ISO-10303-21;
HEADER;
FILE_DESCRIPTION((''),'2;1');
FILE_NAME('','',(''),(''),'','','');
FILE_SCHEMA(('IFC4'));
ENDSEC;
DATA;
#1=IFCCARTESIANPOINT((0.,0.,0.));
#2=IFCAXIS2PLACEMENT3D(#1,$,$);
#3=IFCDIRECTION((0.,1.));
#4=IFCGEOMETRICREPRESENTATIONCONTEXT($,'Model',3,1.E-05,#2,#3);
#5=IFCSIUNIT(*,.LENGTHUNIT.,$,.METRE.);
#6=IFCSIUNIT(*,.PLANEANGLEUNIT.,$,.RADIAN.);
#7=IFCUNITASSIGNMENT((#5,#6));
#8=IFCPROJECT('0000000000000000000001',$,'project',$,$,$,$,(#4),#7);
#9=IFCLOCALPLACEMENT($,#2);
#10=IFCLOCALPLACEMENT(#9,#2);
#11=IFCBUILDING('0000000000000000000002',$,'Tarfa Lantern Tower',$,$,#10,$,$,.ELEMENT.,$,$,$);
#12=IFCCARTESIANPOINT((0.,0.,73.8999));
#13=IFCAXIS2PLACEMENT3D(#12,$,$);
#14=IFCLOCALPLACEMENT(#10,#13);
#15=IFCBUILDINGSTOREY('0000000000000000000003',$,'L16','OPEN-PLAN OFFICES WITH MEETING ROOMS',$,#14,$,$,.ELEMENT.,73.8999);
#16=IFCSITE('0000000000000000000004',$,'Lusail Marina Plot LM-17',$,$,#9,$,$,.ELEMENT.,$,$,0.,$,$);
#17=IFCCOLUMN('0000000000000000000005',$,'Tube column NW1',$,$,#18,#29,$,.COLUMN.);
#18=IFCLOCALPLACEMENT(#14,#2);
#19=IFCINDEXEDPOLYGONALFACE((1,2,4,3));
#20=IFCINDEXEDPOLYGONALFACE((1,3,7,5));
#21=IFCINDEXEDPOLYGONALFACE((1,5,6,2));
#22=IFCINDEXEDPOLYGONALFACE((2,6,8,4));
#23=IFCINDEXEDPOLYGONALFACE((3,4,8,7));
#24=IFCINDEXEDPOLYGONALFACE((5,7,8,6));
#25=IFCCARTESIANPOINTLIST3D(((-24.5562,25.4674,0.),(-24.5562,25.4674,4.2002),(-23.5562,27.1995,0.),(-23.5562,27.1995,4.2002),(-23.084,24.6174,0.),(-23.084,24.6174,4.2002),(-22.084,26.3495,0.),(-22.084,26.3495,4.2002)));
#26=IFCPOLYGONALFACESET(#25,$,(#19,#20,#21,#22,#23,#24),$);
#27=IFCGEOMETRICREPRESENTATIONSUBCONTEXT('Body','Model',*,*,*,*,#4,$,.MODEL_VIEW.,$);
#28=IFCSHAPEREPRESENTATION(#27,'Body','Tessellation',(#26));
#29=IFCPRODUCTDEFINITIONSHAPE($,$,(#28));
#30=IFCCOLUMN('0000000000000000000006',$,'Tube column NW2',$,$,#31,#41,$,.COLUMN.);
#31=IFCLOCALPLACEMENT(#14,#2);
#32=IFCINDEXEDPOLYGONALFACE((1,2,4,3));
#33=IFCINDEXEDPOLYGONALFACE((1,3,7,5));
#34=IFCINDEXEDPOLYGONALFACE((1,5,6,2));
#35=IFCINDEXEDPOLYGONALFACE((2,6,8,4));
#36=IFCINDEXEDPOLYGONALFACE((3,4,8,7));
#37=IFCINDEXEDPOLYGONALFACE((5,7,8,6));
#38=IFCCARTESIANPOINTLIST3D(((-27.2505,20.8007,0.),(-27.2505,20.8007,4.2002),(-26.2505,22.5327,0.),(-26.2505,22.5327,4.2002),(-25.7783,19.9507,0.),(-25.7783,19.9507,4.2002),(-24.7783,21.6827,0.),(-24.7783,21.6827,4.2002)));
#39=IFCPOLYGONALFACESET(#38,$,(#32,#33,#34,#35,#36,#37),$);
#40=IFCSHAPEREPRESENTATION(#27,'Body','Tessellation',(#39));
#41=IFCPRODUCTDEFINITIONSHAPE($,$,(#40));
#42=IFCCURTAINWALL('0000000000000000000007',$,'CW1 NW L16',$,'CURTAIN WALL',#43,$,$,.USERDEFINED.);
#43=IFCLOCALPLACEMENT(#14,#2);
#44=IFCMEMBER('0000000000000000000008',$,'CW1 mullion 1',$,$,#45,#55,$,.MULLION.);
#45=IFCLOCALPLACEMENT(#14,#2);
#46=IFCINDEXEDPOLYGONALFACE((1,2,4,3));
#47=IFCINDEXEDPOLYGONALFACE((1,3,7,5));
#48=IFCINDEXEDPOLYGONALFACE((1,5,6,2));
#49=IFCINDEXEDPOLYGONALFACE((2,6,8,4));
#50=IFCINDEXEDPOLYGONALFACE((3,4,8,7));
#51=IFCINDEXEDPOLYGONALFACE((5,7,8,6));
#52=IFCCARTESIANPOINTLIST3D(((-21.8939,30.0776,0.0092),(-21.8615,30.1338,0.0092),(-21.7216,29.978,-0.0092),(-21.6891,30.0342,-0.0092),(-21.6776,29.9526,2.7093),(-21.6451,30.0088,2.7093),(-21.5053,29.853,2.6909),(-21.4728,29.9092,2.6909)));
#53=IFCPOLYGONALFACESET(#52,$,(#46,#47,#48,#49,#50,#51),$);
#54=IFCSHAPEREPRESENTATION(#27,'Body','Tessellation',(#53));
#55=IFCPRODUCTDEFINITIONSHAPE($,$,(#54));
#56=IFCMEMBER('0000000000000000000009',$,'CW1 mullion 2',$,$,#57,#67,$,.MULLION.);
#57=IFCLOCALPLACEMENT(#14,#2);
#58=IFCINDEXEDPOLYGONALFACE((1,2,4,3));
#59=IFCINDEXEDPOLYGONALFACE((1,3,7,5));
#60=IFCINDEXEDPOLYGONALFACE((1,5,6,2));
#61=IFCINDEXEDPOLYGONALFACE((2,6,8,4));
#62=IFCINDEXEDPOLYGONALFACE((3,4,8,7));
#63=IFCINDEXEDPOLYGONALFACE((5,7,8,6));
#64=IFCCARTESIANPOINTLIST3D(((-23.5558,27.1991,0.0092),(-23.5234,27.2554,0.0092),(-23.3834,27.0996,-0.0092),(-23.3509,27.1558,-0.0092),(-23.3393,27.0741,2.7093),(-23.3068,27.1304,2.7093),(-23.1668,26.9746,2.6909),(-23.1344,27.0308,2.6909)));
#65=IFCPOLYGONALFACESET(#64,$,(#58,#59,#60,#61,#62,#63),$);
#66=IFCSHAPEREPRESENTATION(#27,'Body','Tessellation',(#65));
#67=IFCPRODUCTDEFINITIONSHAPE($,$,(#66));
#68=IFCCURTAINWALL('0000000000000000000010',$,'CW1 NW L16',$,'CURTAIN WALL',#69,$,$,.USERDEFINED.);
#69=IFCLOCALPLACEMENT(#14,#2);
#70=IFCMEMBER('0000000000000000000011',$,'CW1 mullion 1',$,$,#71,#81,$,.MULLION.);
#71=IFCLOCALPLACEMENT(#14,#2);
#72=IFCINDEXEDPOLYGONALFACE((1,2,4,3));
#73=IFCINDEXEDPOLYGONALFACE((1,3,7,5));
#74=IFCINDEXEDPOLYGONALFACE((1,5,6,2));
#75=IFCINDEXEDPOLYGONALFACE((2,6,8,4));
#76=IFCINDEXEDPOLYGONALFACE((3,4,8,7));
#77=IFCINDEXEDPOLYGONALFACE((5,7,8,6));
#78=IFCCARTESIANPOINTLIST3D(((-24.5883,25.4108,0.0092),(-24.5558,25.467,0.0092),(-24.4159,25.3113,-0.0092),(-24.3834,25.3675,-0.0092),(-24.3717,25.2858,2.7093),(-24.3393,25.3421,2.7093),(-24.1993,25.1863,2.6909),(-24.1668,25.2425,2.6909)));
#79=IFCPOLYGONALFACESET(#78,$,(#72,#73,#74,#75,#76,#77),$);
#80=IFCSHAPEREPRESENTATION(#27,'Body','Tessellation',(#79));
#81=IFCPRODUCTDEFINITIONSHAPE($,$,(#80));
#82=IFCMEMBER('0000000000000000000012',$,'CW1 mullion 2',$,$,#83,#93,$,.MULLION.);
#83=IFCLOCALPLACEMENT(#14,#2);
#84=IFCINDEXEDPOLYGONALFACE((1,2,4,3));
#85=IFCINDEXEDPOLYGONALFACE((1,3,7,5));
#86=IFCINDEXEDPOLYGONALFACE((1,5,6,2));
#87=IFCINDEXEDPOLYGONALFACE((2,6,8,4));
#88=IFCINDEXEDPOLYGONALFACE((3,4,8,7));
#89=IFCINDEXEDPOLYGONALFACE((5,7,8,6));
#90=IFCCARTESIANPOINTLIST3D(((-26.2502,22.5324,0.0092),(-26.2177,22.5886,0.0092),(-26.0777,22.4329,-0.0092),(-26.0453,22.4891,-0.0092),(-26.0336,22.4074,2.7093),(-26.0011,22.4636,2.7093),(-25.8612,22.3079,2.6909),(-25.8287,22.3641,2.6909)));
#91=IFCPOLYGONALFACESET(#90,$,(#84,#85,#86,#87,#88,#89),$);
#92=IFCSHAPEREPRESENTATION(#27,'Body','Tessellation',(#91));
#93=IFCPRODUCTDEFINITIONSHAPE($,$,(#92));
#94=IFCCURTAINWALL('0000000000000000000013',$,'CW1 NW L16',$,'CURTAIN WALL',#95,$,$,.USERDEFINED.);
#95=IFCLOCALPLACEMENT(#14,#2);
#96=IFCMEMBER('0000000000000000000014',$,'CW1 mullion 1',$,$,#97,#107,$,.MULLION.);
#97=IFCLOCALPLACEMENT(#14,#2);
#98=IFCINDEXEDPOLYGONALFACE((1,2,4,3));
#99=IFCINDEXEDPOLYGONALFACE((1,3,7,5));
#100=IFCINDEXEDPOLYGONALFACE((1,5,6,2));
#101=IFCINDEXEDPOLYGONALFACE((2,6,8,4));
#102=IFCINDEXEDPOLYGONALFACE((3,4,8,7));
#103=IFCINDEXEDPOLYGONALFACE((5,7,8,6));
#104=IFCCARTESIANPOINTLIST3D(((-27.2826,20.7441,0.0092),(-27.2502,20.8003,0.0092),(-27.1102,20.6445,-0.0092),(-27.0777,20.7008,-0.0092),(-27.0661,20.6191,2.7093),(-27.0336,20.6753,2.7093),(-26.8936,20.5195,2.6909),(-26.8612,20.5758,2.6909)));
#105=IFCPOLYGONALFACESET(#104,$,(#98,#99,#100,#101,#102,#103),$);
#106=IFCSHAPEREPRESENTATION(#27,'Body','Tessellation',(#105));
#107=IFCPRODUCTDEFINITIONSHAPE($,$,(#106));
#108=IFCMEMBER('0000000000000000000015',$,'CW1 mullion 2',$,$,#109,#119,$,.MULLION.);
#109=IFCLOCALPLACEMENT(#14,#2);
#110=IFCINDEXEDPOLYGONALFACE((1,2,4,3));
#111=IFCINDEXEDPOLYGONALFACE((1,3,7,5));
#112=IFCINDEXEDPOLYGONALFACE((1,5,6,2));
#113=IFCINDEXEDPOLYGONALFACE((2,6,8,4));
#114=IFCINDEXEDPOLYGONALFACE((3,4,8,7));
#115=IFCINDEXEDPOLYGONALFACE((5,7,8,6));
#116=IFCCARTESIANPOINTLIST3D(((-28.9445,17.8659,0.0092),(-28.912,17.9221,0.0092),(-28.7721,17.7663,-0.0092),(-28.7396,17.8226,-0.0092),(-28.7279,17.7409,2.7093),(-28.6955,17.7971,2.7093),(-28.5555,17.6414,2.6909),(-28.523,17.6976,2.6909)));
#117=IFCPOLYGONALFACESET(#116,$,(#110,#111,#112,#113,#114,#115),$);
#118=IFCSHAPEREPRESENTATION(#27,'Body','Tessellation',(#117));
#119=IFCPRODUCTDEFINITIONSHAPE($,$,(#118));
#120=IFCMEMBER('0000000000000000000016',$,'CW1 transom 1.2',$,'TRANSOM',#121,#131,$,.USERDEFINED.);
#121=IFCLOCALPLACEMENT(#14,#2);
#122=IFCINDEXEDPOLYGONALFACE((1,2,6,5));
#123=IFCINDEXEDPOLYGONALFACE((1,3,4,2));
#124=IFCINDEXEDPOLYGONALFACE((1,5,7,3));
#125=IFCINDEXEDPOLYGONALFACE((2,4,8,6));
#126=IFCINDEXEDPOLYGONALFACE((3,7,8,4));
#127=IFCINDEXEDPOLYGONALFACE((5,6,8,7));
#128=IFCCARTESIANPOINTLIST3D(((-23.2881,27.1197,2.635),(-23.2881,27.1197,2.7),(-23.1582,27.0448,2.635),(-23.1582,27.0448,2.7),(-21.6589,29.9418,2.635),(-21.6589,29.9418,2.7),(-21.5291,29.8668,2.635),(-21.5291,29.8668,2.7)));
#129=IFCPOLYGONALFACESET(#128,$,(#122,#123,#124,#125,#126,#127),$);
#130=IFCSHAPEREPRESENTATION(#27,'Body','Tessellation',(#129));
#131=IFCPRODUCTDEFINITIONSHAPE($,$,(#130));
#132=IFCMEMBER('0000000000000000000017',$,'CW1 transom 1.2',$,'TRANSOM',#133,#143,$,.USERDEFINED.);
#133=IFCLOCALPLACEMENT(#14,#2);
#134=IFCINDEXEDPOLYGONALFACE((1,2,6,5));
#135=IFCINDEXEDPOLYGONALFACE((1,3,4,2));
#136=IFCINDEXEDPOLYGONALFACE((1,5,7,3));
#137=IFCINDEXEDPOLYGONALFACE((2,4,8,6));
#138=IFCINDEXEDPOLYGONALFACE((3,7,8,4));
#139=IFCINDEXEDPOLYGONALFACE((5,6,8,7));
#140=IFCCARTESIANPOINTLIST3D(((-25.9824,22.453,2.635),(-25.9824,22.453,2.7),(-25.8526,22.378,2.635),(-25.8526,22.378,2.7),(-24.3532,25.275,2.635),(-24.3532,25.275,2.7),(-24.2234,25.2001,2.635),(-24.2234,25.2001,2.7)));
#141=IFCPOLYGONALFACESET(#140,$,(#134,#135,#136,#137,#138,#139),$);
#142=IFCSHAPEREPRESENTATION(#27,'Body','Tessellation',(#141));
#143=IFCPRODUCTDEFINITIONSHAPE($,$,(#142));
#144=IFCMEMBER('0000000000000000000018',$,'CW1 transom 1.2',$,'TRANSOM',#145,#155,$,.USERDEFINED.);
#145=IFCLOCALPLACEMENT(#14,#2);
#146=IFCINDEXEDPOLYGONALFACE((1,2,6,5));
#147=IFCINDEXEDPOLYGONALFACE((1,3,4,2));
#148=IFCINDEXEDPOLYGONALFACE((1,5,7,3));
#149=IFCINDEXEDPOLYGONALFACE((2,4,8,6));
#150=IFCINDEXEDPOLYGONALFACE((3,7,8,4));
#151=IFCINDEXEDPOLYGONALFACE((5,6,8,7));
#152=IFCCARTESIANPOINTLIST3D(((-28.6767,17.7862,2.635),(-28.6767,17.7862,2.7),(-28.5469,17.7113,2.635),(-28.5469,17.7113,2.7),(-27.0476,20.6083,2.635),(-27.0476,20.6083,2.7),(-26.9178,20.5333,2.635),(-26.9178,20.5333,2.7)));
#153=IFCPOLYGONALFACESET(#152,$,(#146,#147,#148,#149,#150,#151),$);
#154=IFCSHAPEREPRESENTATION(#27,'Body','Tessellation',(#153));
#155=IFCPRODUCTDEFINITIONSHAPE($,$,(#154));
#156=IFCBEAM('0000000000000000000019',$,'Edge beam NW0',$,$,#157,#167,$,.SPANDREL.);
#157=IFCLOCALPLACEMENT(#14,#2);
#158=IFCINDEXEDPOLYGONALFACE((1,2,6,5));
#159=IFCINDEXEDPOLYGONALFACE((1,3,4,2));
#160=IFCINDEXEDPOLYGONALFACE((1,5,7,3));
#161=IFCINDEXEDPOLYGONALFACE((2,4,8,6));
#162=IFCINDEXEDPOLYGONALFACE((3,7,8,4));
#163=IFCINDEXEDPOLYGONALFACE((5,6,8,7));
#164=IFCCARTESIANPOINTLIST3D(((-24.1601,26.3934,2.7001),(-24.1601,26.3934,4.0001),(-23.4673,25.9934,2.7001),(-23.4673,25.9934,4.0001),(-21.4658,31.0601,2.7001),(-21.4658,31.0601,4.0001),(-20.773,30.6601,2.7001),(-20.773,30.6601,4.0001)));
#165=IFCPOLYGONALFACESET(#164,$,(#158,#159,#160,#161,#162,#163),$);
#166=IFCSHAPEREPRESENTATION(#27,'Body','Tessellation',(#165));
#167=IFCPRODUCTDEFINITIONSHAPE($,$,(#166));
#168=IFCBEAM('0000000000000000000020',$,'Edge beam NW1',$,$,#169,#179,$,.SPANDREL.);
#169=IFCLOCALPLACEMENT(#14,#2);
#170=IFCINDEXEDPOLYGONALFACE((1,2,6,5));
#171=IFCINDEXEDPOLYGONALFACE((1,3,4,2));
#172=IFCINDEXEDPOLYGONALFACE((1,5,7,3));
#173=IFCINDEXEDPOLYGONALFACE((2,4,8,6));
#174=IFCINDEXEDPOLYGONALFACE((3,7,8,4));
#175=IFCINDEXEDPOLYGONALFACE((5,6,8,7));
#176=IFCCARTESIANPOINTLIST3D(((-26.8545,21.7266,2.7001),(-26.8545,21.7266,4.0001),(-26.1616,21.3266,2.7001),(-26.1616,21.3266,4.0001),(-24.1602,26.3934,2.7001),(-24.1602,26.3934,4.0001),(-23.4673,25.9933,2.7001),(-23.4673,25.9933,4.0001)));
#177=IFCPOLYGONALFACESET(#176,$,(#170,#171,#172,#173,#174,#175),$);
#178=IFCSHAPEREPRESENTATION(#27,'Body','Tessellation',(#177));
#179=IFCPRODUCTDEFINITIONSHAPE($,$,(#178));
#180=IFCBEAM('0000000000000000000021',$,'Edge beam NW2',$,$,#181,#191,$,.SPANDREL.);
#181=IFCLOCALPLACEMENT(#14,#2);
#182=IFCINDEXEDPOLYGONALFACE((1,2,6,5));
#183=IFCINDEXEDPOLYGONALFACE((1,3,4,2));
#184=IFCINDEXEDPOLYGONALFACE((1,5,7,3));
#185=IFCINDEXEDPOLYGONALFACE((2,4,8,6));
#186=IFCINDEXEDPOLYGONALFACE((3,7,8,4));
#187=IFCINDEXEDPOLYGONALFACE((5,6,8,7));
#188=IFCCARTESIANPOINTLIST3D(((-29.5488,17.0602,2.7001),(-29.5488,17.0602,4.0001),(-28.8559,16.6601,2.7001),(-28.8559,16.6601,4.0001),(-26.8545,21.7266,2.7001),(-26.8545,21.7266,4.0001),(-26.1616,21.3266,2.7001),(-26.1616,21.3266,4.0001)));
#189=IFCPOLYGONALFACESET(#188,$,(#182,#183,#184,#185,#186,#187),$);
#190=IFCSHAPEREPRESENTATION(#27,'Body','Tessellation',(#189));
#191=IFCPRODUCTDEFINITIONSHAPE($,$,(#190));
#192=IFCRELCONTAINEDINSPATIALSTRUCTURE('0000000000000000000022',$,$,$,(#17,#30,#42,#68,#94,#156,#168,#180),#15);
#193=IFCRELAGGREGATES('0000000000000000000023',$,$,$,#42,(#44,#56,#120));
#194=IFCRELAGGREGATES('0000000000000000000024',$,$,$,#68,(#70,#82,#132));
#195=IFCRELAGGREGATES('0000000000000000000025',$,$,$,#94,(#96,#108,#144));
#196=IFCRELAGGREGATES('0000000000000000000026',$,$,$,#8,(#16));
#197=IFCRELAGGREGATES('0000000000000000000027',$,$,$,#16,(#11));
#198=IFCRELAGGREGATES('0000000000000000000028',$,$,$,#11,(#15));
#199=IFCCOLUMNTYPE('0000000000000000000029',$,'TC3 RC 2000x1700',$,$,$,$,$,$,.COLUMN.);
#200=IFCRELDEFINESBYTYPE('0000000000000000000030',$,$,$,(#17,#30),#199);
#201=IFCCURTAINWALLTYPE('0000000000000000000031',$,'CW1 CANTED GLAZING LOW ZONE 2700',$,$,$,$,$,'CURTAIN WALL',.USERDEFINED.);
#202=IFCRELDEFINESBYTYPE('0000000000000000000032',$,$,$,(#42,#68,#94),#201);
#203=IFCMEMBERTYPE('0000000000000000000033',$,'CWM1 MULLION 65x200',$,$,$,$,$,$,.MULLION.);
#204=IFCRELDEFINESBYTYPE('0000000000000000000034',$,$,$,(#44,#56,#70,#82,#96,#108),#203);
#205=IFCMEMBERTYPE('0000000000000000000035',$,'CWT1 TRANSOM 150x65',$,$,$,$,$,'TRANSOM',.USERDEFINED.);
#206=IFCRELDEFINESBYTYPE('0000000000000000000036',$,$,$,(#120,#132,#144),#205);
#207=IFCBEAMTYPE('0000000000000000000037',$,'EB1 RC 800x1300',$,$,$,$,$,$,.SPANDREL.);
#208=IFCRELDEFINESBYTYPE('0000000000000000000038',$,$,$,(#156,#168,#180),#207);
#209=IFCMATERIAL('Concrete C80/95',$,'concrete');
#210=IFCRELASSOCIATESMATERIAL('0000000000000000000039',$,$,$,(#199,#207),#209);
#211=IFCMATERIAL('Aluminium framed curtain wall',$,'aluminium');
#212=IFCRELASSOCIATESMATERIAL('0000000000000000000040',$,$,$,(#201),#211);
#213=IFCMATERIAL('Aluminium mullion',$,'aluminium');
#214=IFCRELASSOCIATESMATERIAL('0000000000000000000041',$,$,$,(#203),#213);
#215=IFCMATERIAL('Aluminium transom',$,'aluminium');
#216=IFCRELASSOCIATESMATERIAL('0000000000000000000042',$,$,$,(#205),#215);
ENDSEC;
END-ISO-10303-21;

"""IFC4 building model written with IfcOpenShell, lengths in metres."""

from ifc_helpers import new_model, si_unit, direction, frame, origin, origin_2d, place, context, subcontext, project, spatial, rectangle, extrude, material, material_profile, profile_set, type_object, element, aggregate, save


model = new_model("IFC4")

# Units and contexts
model_context = context("Model", 3, precision=1e-05, world=origin(), true_north=direction((0.0, 1.0)))
body_context = subcontext(model_context, "Body", "Model", "MODEL_VIEW")
ifc_project = project(units=[si_unit("LENGTHUNIT", "METRE"), si_unit("PLANEANGLEUNIT", "RADIAN")], contexts=[model_context])

# Site, building, storey
site_placement = place(None, origin())
site = spatial("IfcSite", under=ifc_project, at=site_placement, Name="Lusail Marina Plot LM-17", CompositionType="ELEMENT", RefElevation=0.0)
building_placement = place(site_placement, origin())
building = spatial("IfcBuilding", under=site, at=building_placement, Name="Tarfa Lantern Tower", CompositionType="ELEMENT")
storey_placement = place(building_placement, frame((0.0, 0.0, 73.8999)))
storey = spatial("IfcBuildingStorey", under=building, at=storey_placement, Name="L16", Description="OPEN-PLAN OFFICES WITH MEETING ROOMS", CompositionType="ELEMENT", Elevation=73.8999)

# Columns
ifc_material_1 = material(Name="Concrete C80/95", Category="concrete")
ifc_material_profile_1 = material_profile(ifc_material_1, rectangle(XDim=2.0, YDim=1.7, at=origin_2d()), Name="RC 2000x1700")
ifc_profile_set_1 = profile_set([ifc_material_profile_1], Name="Concrete C80/95")
column_type = type_object("IfcColumnType", Name="TC3 RC 2000x1700", PredefinedType="COLUMN", material=ifc_profile_set_1)
for number, where, z_axis, x_axis, name in (
    (1, (-23.3201, 25.9084, 0.0), (0.0, 0.0, 1.0), (-0.5, -0.866025, 0.0), "Tube column NW1"),
    (2, (-26.0144, 21.2417, 0.0), (0.0, 0.0, 1.0), (-0.5, -0.866025, 0.0), "Tube column NW2"),
):
    element("IfcColumn", number, at=place(storey_placement, frame(where, z_axis=z_axis, x_axis=x_axis)), inside=storey, type_object=column_type, Name=name, PredefinedType="COLUMN", context=body_context, shape_type="SweptSolid", body=[
        extrude(rectangle(XDim=2.0, YDim=1.7, at=origin_2d()), origin(), (0.0, 0.0, 1.0), 4.2002),
    ])

# Curtain walls, members
ifc_material_2 = material(Name="Aluminium framed curtain wall", Category="aluminium")
curtain_wall_type = type_object("IfcCurtainWallType", Name="CW1 CANTED GLAZING LOW ZONE 2700", ElementType="CURTAIN WALL", PredefinedType="USERDEFINED", material=ifc_material_2)
curtain_wall_1_placement = place(storey_placement, origin())
curtain_wall_1 = element("IfcCurtainWall", 3, at=curtain_wall_1_placement, inside=storey, type_object=curtain_wall_type, Name="CW1 NW L16", ObjectType="CURTAIN WALL", PredefinedType="USERDEFINED")
ifc_material_3 = material(Name="Aluminium mullion", Category="aluminium")
ifc_material_profile_2 = material_profile(ifc_material_3, rectangle(XDim=0.0649, YDim=0.2, at=origin_2d()), Name="AL MULLION 65x200")
ifc_profile_set_2 = profile_set([ifc_material_profile_2], Name="Aluminium mullion")
member_type_1 = type_object("IfcMemberType", Name="CWM1 MULLION 65x200", PredefinedType="MULLION", material=ifc_profile_set_2)
member_1_placement = place(storey_placement, frame((-21.7915, 30.0559, 0.0), z_axis=(0.079768, -0.046096, 0.995747), x_axis=(0.500343, 0.865827, 0.0)))
member_1 = element("IfcMember", 4, at=member_1_placement, type_object=member_type_1, Name="CW1 mullion 1", PredefinedType="MULLION", context=body_context, shape_type="SweptSolid", body=[
    extrude(rectangle(XDim=0.0649, YDim=0.2, at=origin_2d()), origin(), (0.0, 0.0, 1.0), 2.7117),
])
member_2_placement = place(storey_placement, frame((-23.4534, 27.1775, 0.0), z_axis=(0.079857, -0.046096, 0.99574), x_axis=(0.49992, 0.866072, 0.0)))
member_2 = element("IfcMember", 5, at=member_2_placement, type_object=member_type_1, Name="CW1 mullion 2", PredefinedType="MULLION", context=body_context, shape_type="SweptSolid", body=[
    extrude(rectangle(XDim=0.0649, YDim=0.2, at=origin_2d()), origin(), (0.0, 0.0, 1.0), 2.7117),
])
curtain_wall_2_placement = place(storey_placement, origin())
curtain_wall_2 = element("IfcCurtainWall", 6, at=curtain_wall_2_placement, inside=storey, type_object=curtain_wall_type, Name="CW1 NW L16", ObjectType="CURTAIN WALL", PredefinedType="USERDEFINED")
member_3_placement = place(storey_placement, frame((-24.4858, 25.3892, 0.0), z_axis=(0.079857, -0.046096, 0.99574), x_axis=(0.49992, 0.866072, 0.0)))
member_3 = element("IfcMember", 7, at=member_3_placement, type_object=member_type_1, Name="CW1 mullion 1", PredefinedType="MULLION", context=body_context, shape_type="SweptSolid", body=[
    extrude(rectangle(XDim=0.0649, YDim=0.2, at=origin_2d()), origin(), (0.0, 0.0, 1.0), 2.7117),
])
member_4_placement = place(storey_placement, frame((-26.1477, 22.5107, 0.0), z_axis=(0.079857, -0.046096, 0.99574), x_axis=(0.49992, 0.866072, 0.0)))
member_4 = element("IfcMember", 8, at=member_4_placement, type_object=member_type_1, Name="CW1 mullion 2", PredefinedType="MULLION", context=body_context, shape_type="SweptSolid", body=[
    extrude(rectangle(XDim=0.0649, YDim=0.2, at=origin_2d()), origin(), (0.0, 0.0, 1.0), 2.7117),
])
curtain_wall_3_placement = place(storey_placement, origin())
curtain_wall_3 = element("IfcCurtainWall", 9, at=curtain_wall_3_placement, inside=storey, type_object=curtain_wall_type, Name="CW1 NW L16", ObjectType="CURTAIN WALL", PredefinedType="USERDEFINED")
member_5_placement = place(storey_placement, frame((-27.1802, 20.7224, 0.0), z_axis=(0.079857, -0.046096, 0.99574), x_axis=(0.49992, 0.866072, 0.0)))
member_5 = element("IfcMember", 10, at=member_5_placement, type_object=member_type_1, Name="CW1 mullion 1", PredefinedType="MULLION", context=body_context, shape_type="SweptSolid", body=[
    extrude(rectangle(XDim=0.0649, YDim=0.2, at=origin_2d()), origin(), (0.0, 0.0, 1.0), 2.7117),
])
member_6_placement = place(storey_placement, frame((-28.842, 17.8442, 0.0), z_axis=(0.079857, -0.046096, 0.99574), x_axis=(0.49992, 0.866072, 0.0)))
member_6 = element("IfcMember", 11, at=member_6_placement, type_object=member_type_1, Name="CW1 mullion 2", PredefinedType="MULLION", context=body_context, shape_type="SweptSolid", body=[
    extrude(rectangle(XDim=0.0649, YDim=0.2, at=origin_2d()), origin(), (0.0, 0.0, 1.0), 2.7117),
])

# Members
ifc_material_4 = material(Name="Aluminium transom", Category="aluminium")
ifc_material_profile_3 = material_profile(ifc_material_4, rectangle(XDim=0.1499, YDim=0.0649, at=origin_2d()), Name="AL TRANSOM 150x65")
ifc_profile_set_3 = profile_set([ifc_material_profile_3], Name="Aluminium transom")
member_type_2 = type_object("IfcMemberType", Name="CWT1 TRANSOM 150x65", ElementType="TRANSOM", PredefinedType="USERDEFINED", material=ifc_profile_set_3)
member_7_placement = place(storey_placement, frame((-21.594, 29.9043, 2.6675), z_axis=(-0.499967, -0.866045, 0.0), x_axis=(0.866045, -0.499967, 0.0)))
member_7 = element("IfcMember", 12, at=member_7_placement, type_object=member_type_2, Name="CW1 transom 1.2", ObjectType="TRANSOM", PredefinedType="USERDEFINED", context=body_context, shape_type="SweptSolid", body=[
    extrude(rectangle(XDim=0.1499, YDim=0.0649, at=origin_2d()), origin(), (0.0, 0.0, 1.0), 3.2585),
])
member_8_placement = place(storey_placement, frame((-24.2883, 25.2375, 2.6675), z_axis=(-0.499967, -0.866045, 0.0), x_axis=(0.866045, -0.499967, 0.0)))
member_8 = element("IfcMember", 13, at=member_8_placement, type_object=member_type_2, Name="CW1 transom 1.2", ObjectType="TRANSOM", PredefinedType="USERDEFINED", context=body_context, shape_type="SweptSolid", body=[
    extrude(rectangle(XDim=0.1499, YDim=0.0649, at=origin_2d()), origin(), (0.0, 0.0, 1.0), 3.2585),
])
member_9_placement = place(storey_placement, frame((-26.9827, 20.5708, 2.6675), z_axis=(-0.499967, -0.866045, 0.0), x_axis=(0.866045, -0.499967, 0.0)))
member_9 = element("IfcMember", 14, at=member_9_placement, type_object=member_type_2, Name="CW1 transom 1.2", ObjectType="TRANSOM", PredefinedType="USERDEFINED", context=body_context, shape_type="SweptSolid", body=[
    extrude(rectangle(XDim=0.1499, YDim=0.0649, at=origin_2d()), origin(), (0.0, 0.0, 1.0), 3.2585),
])

# Beams
ifc_material_profile_4 = material_profile(ifc_material_1, rectangle(XDim=0.8, YDim=1.3, at=origin_2d()), Name="RC 800x1300")
ifc_profile_set_4 = profile_set([ifc_material_profile_4], Name="Concrete C80/95")
beam_type_1 = type_object("IfcBeamType", Name="EB1 RC 800x1300", PredefinedType="SPANDREL", material=ifc_profile_set_4)
for number, where, z_axis, x_axis, name in (
    (15, (-21.1194, 30.8601, 3.3501), (-0.499998, -0.866026, 0.0), (0.866026, -0.499998, 0.0), "Edge beam NW0"),
    (16, (-23.8137, 26.1934, 3.3501), (-0.499998, -0.866026, 0.0), (0.866026, -0.499998, 0.0), "Edge beam NW1"),
):
    element("IfcBeam", number, at=place(storey_placement, frame(where, z_axis=z_axis, x_axis=x_axis)), inside=storey, type_object=beam_type_1, Name=name, PredefinedType="SPANDREL", context=body_context, shape_type="SweptSolid", body=[
        extrude(rectangle(XDim=0.8, YDim=1.3, at=origin_2d()), origin(), (0.0, 0.0, 1.0), 5.3887),
    ])
beam_1_placement = place(storey_placement, frame((-26.5081, 21.5266, 3.3501), z_axis=(-0.500018, -0.866015, 0.0), x_axis=(0.866015, -0.500018, 0.0)))
element("IfcBeam", 17, at=beam_1_placement, inside=storey, type_object=beam_type_1, Name="Edge beam NW2", PredefinedType="SPANDREL", context=body_context, shape_type="SweptSolid", body=[
    extrude(rectangle(XDim=0.8, YDim=1.3, at=origin_2d()), origin(), (0.0, 0.0, 1.0), 5.3884),
])

aggregate(curtain_wall_1, [member_1, member_2, member_7])
aggregate(curtain_wall_2, [member_3, member_4, member_8])
aggregate(curtain_wall_3, [member_5, member_6, member_9])

save(model, "model.ifc")
